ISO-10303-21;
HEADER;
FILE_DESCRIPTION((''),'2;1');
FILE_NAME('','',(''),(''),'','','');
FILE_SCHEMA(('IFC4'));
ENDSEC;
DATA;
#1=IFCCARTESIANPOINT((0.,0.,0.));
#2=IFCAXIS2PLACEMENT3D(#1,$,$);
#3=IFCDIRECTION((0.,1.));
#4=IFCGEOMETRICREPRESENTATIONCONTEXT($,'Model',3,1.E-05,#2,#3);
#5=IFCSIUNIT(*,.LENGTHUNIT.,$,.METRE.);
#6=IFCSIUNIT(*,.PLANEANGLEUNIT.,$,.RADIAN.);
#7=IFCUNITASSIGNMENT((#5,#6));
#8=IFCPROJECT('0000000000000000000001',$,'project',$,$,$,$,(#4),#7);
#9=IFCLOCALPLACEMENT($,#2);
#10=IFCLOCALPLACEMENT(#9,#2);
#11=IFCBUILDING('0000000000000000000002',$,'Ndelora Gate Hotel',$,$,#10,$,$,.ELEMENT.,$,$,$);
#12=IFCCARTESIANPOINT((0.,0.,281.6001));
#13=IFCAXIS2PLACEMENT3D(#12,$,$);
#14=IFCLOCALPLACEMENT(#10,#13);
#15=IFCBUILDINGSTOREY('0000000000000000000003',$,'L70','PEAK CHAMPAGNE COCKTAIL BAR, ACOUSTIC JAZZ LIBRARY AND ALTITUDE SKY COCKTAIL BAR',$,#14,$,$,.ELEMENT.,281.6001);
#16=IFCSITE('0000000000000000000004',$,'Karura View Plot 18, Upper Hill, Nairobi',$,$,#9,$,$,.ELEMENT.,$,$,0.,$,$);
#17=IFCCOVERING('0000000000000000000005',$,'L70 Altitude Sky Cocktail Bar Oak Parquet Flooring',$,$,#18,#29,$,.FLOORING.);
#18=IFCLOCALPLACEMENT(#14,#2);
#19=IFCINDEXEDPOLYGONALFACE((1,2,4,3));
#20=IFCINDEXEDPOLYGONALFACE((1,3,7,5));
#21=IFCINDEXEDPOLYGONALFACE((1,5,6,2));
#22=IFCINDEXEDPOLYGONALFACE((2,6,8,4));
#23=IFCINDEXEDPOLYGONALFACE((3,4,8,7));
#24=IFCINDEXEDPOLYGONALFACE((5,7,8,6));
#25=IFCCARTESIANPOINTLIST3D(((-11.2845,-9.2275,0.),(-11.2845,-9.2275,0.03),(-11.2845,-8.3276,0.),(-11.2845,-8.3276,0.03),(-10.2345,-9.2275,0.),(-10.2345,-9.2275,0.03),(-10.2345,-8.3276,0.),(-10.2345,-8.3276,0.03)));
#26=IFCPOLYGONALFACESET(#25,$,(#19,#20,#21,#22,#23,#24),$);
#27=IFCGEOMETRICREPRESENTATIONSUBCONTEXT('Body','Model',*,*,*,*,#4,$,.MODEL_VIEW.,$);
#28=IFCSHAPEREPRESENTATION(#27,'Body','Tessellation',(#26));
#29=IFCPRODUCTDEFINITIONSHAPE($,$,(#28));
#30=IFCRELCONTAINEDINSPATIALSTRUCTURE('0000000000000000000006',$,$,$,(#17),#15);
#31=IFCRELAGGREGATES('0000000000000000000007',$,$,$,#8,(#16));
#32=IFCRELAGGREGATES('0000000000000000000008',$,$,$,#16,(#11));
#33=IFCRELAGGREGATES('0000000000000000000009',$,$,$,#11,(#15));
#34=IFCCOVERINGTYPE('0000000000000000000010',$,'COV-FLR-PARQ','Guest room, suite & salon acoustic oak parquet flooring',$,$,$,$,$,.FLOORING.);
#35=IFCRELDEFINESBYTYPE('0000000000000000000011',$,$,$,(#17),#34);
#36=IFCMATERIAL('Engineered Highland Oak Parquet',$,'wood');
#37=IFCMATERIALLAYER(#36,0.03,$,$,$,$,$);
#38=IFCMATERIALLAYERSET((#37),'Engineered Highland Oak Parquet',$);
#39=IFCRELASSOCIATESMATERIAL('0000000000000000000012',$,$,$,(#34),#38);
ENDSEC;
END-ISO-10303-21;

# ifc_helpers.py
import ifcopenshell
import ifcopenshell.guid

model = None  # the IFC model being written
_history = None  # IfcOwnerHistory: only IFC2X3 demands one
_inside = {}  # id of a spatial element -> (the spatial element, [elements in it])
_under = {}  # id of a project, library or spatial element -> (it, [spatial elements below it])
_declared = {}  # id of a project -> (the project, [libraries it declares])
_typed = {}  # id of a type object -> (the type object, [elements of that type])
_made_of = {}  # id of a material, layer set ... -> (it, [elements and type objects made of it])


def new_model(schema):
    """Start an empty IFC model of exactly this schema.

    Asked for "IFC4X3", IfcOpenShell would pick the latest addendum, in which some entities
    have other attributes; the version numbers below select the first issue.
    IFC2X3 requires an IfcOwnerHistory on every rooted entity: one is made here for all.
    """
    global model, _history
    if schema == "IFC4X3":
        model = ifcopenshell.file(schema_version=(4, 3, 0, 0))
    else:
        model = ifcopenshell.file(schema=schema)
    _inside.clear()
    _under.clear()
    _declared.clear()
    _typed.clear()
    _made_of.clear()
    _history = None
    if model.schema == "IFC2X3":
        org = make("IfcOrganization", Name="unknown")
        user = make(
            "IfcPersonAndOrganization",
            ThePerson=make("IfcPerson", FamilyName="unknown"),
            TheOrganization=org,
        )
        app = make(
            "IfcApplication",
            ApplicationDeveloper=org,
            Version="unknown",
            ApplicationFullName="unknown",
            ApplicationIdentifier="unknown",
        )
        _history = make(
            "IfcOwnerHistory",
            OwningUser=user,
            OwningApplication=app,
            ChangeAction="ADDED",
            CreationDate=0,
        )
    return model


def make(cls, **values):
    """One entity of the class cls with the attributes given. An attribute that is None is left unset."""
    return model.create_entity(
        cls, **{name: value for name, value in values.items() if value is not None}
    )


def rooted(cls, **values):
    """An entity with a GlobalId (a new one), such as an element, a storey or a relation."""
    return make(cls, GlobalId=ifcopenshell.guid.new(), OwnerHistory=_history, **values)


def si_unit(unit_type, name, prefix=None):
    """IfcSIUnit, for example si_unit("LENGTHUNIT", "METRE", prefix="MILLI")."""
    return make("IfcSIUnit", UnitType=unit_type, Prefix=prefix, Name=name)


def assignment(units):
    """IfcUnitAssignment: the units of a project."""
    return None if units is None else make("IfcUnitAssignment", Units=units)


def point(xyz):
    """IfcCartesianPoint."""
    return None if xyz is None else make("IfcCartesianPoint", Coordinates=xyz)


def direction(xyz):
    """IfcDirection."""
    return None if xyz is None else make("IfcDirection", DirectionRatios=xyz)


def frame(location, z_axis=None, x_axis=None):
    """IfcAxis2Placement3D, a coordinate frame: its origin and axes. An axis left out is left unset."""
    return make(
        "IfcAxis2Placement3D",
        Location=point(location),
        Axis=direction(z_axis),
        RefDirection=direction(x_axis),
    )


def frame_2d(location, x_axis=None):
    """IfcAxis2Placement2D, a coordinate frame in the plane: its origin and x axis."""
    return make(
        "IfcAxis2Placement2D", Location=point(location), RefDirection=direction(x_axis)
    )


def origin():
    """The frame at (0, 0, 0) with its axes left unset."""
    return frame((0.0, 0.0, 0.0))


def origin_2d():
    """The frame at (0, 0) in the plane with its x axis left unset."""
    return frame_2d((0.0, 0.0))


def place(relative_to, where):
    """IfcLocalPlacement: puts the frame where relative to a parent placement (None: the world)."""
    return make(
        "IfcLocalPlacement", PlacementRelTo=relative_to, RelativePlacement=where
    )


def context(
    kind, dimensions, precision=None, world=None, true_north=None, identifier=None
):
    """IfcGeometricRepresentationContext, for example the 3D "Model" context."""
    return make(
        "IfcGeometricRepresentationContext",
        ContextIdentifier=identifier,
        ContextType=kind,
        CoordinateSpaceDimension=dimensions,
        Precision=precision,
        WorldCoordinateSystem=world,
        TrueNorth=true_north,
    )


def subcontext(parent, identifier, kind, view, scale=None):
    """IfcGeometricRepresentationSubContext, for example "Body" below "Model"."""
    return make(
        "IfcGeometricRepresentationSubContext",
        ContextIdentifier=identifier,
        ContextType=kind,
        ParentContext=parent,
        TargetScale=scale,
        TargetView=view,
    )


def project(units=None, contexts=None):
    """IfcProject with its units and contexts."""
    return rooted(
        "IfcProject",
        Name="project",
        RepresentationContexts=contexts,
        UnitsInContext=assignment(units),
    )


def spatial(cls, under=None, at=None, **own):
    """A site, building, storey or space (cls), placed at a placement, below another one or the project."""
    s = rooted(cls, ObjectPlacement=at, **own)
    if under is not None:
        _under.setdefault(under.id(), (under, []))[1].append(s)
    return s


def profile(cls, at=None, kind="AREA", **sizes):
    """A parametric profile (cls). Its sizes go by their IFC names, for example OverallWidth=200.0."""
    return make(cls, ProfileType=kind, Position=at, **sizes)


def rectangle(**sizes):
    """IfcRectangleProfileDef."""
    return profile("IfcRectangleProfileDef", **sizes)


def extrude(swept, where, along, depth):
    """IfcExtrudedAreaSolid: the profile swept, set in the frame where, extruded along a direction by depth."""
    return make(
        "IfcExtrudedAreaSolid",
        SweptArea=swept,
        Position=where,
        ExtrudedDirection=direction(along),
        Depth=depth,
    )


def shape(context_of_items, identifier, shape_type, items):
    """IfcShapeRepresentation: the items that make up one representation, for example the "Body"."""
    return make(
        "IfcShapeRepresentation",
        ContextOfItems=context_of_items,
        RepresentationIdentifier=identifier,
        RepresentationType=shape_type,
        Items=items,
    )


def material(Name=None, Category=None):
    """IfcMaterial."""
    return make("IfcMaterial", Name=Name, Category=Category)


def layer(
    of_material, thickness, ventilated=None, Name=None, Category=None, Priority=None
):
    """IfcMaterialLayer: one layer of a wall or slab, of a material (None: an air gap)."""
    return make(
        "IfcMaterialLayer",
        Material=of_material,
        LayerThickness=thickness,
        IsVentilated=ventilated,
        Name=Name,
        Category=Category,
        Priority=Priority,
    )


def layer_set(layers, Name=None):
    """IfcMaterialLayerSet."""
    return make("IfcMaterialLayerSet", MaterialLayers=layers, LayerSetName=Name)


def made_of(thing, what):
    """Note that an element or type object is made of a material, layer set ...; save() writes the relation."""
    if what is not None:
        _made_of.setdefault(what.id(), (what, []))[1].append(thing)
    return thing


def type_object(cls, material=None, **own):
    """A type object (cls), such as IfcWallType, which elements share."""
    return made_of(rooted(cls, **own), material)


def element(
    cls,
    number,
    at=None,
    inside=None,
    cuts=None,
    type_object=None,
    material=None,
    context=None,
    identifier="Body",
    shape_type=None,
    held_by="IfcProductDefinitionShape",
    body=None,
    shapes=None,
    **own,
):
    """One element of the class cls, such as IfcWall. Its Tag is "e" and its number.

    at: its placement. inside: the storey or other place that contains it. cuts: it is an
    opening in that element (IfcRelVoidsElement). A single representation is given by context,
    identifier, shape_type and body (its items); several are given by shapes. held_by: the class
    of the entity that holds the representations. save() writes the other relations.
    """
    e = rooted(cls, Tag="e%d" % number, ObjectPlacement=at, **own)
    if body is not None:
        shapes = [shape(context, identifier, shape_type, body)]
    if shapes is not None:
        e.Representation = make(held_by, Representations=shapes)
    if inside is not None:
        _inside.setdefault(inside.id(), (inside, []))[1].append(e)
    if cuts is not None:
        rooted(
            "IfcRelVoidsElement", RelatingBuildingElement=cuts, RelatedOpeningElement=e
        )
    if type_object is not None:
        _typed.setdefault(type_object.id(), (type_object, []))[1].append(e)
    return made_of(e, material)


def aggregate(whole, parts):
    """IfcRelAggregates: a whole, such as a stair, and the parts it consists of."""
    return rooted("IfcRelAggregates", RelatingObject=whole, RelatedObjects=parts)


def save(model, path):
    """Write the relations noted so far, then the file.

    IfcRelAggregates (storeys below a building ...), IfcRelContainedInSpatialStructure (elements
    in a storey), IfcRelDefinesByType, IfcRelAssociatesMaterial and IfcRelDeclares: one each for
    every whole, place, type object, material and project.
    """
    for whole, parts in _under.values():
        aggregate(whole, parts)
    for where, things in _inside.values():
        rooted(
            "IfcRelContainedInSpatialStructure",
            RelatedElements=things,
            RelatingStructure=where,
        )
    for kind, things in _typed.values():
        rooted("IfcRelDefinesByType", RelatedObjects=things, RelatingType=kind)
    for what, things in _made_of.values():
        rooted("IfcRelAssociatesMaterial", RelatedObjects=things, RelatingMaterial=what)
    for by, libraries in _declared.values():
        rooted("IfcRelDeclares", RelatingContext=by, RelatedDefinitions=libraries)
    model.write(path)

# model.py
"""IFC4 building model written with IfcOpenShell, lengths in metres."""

from ifc_helpers import new_model, si_unit, direction, frame, origin, origin_2d, place, context, subcontext, project, spatial, rectangle, extrude, material, layer, layer_set, type_object, element, save


model = new_model("IFC4")

# Units and contexts
model_context = context("Model", 3, precision=1e-05, world=origin(), true_north=direction((0.0, 1.0)))
body_context = subcontext(model_context, "Body", "Model", "MODEL_VIEW")
ifc_project = project(units=[si_unit("LENGTHUNIT", "METRE"), si_unit("PLANEANGLEUNIT", "RADIAN")], contexts=[model_context])

# Site, building, storey
site_placement = place(None, origin())
site = spatial("IfcSite", under=ifc_project, at=site_placement, Name="Karura View Plot 18, Upper Hill, Nairobi", CompositionType="ELEMENT", RefElevation=0.0)
building_placement = place(site_placement, origin())
building = spatial("IfcBuilding", under=site, at=building_placement, Name="Ndelora Gate Hotel", CompositionType="ELEMENT")
storey_placement = place(building_placement, frame((0.0, 0.0, 281.6001)))
storey = spatial("IfcBuildingStorey", under=building, at=storey_placement, Name="L70", Description="PEAK CHAMPAGNE COCKTAIL BAR, ACOUSTIC JAZZ LIBRARY AND ALTITUDE SKY COCKTAIL BAR", CompositionType="ELEMENT", Elevation=281.6001)

# Covering
ifc_material_1 = material(Name="Engineered Highland Oak Parquet", Category="wood")
ifc_layer_1 = layer(ifc_material_1, 0.03)
ifc_layer_set_1 = layer_set([ifc_layer_1], Name="Engineered Highland Oak Parquet")
covering_type_1 = type_object("IfcCoveringType", Name="COV-FLR-PARQ", Description="Guest room, suite & salon acoustic oak parquet flooring", PredefinedType="FLOORING", material=ifc_layer_set_1)
covering_1_placement = place(storey_placement, frame((-10.7595, -8.7776, 0.0), z_axis=(0.0, 0.0, 1.0), x_axis=(1.0, 0.0, 0.0)))
element("IfcCovering", 1, at=covering_1_placement, inside=storey, type_object=covering_type_1, Name="L70 Altitude Sky Cocktail Bar Oak Parquet Flooring", PredefinedType="FLOORING", context=body_context, shape_type="SweptSolid", body=[
    extrude(rectangle(XDim=1.05, YDim=0.8999, at=origin_2d()), origin(), (0.0, 0.0, 1.0), 0.03),
])

save(model, "model.ifc")
